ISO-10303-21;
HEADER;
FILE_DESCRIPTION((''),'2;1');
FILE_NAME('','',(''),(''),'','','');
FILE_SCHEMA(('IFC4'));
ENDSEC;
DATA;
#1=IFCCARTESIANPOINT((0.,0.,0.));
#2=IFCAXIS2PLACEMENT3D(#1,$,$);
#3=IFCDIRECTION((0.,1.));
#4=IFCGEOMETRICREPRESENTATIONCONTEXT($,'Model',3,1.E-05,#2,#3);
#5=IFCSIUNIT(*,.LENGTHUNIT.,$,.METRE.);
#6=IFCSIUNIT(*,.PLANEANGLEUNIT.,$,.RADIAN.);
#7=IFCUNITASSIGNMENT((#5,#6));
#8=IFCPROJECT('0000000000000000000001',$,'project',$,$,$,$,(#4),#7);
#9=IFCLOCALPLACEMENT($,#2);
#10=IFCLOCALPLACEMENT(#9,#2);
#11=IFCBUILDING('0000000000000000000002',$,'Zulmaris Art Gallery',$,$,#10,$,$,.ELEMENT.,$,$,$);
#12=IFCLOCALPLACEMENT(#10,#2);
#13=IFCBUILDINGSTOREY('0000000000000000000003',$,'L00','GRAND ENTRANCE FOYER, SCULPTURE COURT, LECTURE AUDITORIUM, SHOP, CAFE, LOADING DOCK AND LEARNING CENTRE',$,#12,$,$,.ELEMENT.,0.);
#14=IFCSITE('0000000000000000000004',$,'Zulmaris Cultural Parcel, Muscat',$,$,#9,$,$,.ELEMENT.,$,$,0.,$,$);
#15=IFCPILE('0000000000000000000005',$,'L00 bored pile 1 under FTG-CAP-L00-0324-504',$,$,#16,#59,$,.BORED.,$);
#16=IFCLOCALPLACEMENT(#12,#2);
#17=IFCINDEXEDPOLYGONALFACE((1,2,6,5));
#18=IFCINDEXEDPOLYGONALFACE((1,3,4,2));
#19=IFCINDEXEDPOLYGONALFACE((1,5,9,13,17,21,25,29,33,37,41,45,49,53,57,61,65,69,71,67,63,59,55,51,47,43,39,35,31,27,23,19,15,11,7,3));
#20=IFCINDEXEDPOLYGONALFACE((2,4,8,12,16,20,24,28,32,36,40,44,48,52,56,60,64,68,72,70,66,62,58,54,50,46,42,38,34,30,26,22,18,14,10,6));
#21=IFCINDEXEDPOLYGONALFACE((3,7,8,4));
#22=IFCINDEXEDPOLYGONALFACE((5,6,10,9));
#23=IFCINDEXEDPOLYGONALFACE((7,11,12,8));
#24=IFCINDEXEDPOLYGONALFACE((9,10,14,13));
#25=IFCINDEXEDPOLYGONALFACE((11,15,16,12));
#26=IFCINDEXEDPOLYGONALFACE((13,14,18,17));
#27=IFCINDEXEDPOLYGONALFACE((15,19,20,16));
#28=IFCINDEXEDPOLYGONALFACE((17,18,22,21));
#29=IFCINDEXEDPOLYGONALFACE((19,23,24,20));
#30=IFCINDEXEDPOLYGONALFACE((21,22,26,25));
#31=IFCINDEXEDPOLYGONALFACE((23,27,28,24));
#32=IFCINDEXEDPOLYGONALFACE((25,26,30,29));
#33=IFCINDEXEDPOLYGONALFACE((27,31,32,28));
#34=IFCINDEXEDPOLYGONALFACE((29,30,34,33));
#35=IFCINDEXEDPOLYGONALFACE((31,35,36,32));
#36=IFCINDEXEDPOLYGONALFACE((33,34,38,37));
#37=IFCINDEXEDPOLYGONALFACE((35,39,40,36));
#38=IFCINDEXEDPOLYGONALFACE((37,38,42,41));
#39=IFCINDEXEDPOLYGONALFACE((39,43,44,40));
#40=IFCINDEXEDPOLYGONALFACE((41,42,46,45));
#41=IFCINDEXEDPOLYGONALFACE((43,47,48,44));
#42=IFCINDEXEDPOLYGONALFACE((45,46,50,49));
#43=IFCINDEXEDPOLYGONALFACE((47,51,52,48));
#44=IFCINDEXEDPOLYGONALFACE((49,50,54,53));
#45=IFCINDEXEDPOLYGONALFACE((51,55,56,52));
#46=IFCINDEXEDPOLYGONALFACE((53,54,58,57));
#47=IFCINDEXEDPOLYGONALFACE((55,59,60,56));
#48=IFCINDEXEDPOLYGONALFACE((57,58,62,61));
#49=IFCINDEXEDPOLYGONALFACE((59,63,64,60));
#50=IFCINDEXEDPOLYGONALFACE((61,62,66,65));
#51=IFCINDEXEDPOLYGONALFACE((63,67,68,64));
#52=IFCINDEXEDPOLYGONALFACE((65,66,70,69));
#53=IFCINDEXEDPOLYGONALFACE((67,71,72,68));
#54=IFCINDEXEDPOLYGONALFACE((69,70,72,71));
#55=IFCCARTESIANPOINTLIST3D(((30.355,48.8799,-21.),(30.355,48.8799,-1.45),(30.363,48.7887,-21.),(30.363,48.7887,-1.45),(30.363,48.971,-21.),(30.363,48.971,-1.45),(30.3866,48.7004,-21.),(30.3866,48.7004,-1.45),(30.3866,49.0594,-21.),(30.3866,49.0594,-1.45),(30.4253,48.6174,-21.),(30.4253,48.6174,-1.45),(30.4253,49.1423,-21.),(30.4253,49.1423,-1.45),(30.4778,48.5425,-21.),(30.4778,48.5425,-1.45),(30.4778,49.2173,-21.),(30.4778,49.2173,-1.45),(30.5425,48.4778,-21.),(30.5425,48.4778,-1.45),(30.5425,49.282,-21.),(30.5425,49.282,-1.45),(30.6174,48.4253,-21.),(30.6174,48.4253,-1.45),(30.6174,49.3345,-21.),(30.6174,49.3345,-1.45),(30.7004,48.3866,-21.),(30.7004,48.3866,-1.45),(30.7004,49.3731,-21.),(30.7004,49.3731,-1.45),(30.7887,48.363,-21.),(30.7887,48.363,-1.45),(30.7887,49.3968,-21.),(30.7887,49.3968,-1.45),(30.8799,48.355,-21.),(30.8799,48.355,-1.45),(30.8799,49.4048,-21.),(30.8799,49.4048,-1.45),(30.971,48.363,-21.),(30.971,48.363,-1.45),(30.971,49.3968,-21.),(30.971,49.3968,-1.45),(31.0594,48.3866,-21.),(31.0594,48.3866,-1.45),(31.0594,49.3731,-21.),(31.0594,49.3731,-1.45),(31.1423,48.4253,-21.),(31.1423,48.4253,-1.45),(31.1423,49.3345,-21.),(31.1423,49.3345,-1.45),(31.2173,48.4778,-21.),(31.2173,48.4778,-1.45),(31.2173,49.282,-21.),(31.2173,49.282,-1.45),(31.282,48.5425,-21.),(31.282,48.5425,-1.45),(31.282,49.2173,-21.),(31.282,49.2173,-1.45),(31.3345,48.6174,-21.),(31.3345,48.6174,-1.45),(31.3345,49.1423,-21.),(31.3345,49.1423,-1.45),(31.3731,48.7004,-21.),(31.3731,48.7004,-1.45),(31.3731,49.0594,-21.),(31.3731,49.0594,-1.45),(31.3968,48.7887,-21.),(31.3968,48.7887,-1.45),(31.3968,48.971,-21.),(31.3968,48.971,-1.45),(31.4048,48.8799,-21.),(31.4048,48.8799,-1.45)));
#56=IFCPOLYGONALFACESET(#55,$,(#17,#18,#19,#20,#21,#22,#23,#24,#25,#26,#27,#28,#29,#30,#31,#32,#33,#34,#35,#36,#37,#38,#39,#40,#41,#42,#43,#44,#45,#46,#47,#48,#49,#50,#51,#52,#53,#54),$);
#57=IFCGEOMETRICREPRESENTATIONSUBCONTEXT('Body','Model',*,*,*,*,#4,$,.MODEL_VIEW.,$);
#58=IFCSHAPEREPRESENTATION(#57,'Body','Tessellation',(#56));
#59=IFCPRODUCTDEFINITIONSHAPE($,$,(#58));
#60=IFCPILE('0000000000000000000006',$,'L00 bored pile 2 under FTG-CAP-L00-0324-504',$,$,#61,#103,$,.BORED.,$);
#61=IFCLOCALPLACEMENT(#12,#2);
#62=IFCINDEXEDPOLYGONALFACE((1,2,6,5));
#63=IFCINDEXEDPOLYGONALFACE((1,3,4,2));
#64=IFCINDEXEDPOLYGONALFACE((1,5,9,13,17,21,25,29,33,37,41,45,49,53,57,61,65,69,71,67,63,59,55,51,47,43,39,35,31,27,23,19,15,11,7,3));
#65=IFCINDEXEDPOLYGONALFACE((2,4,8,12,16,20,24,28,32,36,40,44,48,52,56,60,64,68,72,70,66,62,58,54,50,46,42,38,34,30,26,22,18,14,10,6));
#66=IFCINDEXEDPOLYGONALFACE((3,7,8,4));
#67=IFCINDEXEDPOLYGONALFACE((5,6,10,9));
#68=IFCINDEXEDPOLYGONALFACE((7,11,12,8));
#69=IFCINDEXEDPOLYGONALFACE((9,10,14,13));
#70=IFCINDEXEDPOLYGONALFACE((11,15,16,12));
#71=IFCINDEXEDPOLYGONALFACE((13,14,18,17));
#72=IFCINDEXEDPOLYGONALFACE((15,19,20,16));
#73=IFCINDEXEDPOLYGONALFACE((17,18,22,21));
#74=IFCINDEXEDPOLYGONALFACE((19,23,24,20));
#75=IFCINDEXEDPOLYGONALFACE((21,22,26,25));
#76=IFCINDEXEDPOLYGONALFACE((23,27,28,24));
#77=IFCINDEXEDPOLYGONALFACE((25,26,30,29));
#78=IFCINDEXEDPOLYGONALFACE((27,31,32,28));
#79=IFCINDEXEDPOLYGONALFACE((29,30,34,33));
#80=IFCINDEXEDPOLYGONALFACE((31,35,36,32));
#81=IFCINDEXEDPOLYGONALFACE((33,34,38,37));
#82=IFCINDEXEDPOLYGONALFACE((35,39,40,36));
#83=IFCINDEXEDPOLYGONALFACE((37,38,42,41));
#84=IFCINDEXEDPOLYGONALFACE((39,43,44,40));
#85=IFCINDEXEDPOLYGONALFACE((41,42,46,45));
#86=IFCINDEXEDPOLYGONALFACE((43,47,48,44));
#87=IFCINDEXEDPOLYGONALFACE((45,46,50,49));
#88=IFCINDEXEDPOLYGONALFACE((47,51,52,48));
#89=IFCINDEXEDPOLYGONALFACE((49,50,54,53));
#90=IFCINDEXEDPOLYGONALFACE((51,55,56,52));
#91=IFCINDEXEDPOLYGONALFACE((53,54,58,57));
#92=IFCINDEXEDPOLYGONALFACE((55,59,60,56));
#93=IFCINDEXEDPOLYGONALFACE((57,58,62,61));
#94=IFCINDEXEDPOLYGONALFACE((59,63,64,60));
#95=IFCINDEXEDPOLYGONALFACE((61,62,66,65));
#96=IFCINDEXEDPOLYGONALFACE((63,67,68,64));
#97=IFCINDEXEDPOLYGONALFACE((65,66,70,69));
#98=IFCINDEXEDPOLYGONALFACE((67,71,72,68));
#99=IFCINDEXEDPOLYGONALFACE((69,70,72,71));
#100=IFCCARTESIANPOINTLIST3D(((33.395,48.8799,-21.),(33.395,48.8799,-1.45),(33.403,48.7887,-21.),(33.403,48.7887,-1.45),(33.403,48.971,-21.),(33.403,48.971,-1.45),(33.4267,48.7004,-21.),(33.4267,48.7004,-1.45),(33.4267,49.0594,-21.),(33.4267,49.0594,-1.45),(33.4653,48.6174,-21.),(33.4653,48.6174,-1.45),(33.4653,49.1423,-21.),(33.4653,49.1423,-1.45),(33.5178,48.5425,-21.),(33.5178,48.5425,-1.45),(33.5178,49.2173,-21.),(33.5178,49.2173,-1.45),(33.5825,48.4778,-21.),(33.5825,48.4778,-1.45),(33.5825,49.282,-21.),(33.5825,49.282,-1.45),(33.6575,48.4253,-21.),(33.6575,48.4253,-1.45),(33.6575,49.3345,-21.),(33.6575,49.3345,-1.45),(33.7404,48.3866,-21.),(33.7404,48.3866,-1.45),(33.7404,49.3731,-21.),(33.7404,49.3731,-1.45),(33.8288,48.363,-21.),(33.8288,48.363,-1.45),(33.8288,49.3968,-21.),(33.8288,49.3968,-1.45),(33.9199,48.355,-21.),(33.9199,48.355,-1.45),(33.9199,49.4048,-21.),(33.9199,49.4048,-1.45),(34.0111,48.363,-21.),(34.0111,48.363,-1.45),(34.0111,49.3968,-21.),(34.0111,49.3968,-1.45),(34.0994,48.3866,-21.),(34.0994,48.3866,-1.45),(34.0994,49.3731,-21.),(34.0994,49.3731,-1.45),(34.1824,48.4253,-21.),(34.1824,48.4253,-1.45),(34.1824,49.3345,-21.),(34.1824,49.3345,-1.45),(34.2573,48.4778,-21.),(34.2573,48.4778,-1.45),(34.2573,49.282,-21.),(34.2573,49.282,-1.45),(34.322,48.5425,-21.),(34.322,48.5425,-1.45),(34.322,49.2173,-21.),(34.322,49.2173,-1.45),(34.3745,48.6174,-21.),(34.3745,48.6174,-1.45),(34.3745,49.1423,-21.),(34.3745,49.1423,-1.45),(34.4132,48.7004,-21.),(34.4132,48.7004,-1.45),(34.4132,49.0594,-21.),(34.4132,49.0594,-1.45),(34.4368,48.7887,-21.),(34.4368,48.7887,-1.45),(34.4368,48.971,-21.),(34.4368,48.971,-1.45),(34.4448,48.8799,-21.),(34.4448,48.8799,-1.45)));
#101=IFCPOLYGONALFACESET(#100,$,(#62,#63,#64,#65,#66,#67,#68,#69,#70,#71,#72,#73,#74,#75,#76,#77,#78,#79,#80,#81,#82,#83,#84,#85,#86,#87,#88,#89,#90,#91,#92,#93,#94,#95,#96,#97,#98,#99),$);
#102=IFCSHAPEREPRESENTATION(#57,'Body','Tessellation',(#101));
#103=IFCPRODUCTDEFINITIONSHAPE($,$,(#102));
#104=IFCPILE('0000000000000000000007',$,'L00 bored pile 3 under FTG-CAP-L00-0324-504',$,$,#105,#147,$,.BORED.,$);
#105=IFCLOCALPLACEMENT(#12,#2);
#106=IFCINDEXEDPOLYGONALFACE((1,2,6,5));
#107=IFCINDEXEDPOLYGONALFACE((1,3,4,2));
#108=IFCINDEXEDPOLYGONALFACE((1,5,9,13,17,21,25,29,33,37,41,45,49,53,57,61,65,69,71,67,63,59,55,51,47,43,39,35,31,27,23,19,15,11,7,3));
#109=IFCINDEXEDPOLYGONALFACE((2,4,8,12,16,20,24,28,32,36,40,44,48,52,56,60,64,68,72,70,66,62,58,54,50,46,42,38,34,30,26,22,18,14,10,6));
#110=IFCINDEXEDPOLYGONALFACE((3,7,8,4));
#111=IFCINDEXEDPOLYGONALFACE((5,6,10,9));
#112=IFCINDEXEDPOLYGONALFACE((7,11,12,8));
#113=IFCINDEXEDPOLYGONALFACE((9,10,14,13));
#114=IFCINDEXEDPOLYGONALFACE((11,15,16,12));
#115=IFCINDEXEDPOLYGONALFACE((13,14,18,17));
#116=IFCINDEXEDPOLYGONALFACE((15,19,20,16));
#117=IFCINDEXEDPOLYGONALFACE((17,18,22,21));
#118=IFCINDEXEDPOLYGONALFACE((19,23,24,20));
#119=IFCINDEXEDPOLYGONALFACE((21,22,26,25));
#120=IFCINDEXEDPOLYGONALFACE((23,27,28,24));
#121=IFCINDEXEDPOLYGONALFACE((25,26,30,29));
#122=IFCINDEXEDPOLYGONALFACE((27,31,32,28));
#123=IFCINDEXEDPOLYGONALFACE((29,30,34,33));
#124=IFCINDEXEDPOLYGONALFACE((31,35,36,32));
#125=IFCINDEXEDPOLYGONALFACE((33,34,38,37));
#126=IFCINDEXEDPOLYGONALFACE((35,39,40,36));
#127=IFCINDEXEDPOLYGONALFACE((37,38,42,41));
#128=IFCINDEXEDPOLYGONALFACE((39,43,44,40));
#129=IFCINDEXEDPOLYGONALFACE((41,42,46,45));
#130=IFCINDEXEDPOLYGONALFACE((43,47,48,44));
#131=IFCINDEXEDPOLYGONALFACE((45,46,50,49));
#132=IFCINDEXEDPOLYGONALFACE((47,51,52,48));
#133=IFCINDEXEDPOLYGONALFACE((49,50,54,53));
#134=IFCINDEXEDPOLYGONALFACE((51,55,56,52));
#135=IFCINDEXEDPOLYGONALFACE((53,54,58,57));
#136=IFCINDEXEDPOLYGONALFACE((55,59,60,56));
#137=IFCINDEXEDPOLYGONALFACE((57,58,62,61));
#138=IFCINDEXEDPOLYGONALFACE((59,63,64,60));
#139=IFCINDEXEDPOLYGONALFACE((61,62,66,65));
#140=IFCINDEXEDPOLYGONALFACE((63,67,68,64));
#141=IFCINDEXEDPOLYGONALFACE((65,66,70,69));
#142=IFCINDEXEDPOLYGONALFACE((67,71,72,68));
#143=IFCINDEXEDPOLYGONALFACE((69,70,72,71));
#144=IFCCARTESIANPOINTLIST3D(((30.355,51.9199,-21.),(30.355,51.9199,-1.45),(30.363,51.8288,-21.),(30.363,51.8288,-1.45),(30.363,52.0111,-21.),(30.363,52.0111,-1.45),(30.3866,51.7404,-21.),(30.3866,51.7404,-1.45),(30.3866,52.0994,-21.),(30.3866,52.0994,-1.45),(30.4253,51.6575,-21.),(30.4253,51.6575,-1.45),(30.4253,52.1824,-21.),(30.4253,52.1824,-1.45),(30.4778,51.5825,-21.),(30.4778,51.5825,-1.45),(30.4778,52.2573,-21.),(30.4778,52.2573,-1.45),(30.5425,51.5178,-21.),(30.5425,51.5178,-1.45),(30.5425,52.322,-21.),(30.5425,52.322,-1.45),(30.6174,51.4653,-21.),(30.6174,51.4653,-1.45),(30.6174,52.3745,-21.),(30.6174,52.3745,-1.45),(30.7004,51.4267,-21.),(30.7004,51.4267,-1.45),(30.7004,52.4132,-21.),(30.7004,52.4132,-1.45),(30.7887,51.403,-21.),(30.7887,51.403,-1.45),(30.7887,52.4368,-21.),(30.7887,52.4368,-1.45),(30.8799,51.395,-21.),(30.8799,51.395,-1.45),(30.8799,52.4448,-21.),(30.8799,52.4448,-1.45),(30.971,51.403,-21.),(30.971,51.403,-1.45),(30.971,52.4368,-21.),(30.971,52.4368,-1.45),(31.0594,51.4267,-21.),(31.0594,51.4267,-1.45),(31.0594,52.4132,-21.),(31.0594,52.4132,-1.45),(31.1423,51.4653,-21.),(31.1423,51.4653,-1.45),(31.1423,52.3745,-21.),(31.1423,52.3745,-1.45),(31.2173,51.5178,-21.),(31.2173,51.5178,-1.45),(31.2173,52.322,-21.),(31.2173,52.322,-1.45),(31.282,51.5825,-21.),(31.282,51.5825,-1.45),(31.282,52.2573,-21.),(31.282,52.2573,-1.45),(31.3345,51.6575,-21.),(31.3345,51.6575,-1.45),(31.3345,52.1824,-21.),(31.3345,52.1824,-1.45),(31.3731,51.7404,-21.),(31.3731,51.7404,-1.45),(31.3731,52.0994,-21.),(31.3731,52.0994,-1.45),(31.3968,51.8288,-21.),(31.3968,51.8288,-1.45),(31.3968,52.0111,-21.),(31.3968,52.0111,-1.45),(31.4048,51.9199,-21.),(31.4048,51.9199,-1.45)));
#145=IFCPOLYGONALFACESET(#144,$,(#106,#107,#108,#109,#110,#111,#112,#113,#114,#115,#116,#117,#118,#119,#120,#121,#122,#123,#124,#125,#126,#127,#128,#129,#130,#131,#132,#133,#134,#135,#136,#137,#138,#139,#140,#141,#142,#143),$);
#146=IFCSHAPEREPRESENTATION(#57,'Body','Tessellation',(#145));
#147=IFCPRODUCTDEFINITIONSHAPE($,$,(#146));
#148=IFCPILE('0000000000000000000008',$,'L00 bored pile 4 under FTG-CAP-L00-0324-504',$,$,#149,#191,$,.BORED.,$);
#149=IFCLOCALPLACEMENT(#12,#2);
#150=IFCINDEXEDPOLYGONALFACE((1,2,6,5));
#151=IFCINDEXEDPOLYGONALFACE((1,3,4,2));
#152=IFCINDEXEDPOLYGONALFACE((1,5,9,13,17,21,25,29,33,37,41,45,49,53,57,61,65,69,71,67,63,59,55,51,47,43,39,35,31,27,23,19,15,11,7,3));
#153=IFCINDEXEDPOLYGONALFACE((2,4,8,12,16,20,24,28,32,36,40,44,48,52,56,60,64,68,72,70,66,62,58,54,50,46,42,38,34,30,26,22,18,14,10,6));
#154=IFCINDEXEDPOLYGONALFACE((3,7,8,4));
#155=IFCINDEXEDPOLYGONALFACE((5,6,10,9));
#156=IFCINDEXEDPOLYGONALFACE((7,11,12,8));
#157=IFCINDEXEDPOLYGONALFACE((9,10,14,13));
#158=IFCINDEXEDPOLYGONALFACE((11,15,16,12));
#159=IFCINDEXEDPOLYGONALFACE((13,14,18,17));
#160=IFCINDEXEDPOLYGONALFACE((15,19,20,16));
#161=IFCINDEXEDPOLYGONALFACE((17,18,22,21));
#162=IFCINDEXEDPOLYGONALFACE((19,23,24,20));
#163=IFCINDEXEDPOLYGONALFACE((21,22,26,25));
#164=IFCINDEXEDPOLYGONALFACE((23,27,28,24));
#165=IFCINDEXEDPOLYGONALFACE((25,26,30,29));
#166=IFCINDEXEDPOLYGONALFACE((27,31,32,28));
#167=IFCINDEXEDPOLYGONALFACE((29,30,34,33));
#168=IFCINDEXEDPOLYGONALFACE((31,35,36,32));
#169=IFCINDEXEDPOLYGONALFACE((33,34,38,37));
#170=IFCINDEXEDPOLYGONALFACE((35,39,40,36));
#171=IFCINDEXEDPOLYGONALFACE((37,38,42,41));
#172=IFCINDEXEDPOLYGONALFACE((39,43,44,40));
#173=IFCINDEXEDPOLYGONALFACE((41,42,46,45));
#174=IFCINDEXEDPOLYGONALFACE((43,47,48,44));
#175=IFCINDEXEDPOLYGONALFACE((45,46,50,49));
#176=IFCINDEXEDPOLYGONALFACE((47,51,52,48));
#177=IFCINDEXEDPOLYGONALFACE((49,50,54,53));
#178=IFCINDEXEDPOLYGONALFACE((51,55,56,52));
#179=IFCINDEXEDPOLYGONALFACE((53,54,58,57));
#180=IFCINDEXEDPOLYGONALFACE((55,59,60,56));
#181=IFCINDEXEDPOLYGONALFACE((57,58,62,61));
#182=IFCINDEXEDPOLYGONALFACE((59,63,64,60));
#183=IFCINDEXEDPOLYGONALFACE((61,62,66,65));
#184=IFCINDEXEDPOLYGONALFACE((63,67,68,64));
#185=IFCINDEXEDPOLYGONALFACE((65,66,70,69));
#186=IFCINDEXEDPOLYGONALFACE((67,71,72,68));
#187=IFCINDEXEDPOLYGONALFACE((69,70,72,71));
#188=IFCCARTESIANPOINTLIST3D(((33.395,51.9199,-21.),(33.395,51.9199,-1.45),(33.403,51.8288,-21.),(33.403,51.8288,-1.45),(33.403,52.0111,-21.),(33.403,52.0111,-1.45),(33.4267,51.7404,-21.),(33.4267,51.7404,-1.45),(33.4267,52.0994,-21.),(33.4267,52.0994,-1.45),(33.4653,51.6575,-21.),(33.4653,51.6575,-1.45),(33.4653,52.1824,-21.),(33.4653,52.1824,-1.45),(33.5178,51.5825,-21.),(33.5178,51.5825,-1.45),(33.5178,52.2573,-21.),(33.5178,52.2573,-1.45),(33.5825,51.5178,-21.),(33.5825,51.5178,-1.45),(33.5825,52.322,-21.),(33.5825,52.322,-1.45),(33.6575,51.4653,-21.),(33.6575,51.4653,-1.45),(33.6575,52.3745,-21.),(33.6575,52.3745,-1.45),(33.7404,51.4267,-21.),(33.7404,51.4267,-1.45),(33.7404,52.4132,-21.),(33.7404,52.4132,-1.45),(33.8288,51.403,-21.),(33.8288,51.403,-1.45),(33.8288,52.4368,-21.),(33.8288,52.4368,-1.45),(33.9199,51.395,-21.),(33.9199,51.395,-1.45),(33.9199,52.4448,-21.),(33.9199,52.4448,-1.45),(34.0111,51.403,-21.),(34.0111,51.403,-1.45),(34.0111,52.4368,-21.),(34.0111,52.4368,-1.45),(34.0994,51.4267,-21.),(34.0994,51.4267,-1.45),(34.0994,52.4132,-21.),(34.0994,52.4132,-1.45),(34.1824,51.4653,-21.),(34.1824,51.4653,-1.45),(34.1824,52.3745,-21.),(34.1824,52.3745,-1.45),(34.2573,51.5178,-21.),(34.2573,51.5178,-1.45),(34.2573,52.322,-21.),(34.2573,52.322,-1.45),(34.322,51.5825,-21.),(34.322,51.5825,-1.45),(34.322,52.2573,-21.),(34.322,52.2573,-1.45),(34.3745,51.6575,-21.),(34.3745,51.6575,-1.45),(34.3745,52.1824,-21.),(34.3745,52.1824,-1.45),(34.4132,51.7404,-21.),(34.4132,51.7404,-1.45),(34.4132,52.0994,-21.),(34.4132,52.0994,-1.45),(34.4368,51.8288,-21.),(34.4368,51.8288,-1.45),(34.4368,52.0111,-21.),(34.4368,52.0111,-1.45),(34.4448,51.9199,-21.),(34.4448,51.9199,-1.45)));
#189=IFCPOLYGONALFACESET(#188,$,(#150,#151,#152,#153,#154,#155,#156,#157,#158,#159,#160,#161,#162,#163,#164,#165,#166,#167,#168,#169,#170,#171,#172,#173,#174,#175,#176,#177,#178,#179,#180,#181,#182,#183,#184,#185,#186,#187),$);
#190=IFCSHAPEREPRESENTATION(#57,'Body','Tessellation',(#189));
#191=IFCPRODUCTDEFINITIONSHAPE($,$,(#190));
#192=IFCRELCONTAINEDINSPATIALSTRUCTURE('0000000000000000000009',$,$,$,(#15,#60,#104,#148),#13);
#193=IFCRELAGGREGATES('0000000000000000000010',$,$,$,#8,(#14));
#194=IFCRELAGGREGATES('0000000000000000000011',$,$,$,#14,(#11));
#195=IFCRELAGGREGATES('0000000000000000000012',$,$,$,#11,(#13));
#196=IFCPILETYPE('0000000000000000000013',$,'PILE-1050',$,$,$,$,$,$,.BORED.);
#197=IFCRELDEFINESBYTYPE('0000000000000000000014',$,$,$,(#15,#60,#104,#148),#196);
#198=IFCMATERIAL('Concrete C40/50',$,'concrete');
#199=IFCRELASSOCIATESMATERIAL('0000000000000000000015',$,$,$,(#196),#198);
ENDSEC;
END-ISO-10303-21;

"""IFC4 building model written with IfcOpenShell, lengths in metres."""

from ifc_helpers import new_model, si_unit, direction, frame, origin, origin_2d, place, context, subcontext, project, spatial, circle, extrude, material, material_profile, profile_set, type_object, element, save


model = new_model("IFC4")

# Units and contexts
model_context = context("Model", 3, precision=1e-05, world=origin(), true_north=direction((0.0, 1.0)))
body_context = subcontext(model_context, "Body", "Model", "MODEL_VIEW")
ifc_project = project(units=[si_unit("LENGTHUNIT", "METRE"), si_unit("PLANEANGLEUNIT", "RADIAN")], contexts=[model_context])

# Site, building, storey
site_placement = place(None, origin())
site = spatial("IfcSite", under=ifc_project, at=site_placement, Name="Zulmaris Cultural Parcel, Muscat", CompositionType="ELEMENT", RefElevation=0.0)
building_placement = place(site_placement, origin())
building = spatial("IfcBuilding", under=site, at=building_placement, Name="Zulmaris Art Gallery", CompositionType="ELEMENT")
storey_placement = place(building_placement, origin())
storey = spatial("IfcBuildingStorey", under=building, at=storey_placement, Name="L00", Description="GRAND ENTRANCE FOYER, SCULPTURE COURT, LECTURE AUDITORIUM, SHOP, CAFE, LOADING DOCK AND LEARNING CENTRE", CompositionType="ELEMENT", Elevation=0.0)

# Piles
ifc_material_1 = material(Name="Concrete C40/50", Category="concrete")
ifc_material_profile_1 = material_profile(ifc_material_1, circle(Radius=0.5249, at=origin_2d()), Name="PILE DIA 1050")
ifc_profile_set_1 = profile_set([ifc_material_profile_1], Name="Concrete C40/50")
pile_type_1 = type_object("IfcPileType", Name="PILE-1050", PredefinedType="BORED", material=ifc_profile_set_1)
for number, where, z_axis, x_axis, name in (
    (1, (30.8799, 48.8799, -1.45), (0.0, 0.0, -1.0), (1.0, 0.0, 0.0), "L00 bored pile 1 under FTG-CAP-L00-0324-504"),
    (2, (33.9199, 48.8799, -1.45), (0.0, 0.0, -1.0), (1.0, 0.0, 0.0), "L00 bored pile 2 under FTG-CAP-L00-0324-504"),
    (3, (30.8799, 51.9199, -1.45), (0.0, 0.0, -1.0), (1.0, 0.0, 0.0), "L00 bored pile 3 under FTG-CAP-L00-0324-504"),
    (4, (33.9199, 51.9199, -1.45), (0.0, 0.0, -1.0), (1.0, 0.0, 0.0), "L00 bored pile 4 under FTG-CAP-L00-0324-504"),
):
    element("IfcPile", number, at=place(storey_placement, frame(where, z_axis=z_axis, x_axis=x_axis)), inside=storey, type_object=pile_type_1, Name=name, PredefinedType="BORED", context=body_context, shape_type="SweptSolid", body=[
        extrude(circle(Radius=0.5249, at=origin_2d()), origin(), (0.0, 0.0, 1.0), 19.55),
    ])

save(model, "model.ifc")
